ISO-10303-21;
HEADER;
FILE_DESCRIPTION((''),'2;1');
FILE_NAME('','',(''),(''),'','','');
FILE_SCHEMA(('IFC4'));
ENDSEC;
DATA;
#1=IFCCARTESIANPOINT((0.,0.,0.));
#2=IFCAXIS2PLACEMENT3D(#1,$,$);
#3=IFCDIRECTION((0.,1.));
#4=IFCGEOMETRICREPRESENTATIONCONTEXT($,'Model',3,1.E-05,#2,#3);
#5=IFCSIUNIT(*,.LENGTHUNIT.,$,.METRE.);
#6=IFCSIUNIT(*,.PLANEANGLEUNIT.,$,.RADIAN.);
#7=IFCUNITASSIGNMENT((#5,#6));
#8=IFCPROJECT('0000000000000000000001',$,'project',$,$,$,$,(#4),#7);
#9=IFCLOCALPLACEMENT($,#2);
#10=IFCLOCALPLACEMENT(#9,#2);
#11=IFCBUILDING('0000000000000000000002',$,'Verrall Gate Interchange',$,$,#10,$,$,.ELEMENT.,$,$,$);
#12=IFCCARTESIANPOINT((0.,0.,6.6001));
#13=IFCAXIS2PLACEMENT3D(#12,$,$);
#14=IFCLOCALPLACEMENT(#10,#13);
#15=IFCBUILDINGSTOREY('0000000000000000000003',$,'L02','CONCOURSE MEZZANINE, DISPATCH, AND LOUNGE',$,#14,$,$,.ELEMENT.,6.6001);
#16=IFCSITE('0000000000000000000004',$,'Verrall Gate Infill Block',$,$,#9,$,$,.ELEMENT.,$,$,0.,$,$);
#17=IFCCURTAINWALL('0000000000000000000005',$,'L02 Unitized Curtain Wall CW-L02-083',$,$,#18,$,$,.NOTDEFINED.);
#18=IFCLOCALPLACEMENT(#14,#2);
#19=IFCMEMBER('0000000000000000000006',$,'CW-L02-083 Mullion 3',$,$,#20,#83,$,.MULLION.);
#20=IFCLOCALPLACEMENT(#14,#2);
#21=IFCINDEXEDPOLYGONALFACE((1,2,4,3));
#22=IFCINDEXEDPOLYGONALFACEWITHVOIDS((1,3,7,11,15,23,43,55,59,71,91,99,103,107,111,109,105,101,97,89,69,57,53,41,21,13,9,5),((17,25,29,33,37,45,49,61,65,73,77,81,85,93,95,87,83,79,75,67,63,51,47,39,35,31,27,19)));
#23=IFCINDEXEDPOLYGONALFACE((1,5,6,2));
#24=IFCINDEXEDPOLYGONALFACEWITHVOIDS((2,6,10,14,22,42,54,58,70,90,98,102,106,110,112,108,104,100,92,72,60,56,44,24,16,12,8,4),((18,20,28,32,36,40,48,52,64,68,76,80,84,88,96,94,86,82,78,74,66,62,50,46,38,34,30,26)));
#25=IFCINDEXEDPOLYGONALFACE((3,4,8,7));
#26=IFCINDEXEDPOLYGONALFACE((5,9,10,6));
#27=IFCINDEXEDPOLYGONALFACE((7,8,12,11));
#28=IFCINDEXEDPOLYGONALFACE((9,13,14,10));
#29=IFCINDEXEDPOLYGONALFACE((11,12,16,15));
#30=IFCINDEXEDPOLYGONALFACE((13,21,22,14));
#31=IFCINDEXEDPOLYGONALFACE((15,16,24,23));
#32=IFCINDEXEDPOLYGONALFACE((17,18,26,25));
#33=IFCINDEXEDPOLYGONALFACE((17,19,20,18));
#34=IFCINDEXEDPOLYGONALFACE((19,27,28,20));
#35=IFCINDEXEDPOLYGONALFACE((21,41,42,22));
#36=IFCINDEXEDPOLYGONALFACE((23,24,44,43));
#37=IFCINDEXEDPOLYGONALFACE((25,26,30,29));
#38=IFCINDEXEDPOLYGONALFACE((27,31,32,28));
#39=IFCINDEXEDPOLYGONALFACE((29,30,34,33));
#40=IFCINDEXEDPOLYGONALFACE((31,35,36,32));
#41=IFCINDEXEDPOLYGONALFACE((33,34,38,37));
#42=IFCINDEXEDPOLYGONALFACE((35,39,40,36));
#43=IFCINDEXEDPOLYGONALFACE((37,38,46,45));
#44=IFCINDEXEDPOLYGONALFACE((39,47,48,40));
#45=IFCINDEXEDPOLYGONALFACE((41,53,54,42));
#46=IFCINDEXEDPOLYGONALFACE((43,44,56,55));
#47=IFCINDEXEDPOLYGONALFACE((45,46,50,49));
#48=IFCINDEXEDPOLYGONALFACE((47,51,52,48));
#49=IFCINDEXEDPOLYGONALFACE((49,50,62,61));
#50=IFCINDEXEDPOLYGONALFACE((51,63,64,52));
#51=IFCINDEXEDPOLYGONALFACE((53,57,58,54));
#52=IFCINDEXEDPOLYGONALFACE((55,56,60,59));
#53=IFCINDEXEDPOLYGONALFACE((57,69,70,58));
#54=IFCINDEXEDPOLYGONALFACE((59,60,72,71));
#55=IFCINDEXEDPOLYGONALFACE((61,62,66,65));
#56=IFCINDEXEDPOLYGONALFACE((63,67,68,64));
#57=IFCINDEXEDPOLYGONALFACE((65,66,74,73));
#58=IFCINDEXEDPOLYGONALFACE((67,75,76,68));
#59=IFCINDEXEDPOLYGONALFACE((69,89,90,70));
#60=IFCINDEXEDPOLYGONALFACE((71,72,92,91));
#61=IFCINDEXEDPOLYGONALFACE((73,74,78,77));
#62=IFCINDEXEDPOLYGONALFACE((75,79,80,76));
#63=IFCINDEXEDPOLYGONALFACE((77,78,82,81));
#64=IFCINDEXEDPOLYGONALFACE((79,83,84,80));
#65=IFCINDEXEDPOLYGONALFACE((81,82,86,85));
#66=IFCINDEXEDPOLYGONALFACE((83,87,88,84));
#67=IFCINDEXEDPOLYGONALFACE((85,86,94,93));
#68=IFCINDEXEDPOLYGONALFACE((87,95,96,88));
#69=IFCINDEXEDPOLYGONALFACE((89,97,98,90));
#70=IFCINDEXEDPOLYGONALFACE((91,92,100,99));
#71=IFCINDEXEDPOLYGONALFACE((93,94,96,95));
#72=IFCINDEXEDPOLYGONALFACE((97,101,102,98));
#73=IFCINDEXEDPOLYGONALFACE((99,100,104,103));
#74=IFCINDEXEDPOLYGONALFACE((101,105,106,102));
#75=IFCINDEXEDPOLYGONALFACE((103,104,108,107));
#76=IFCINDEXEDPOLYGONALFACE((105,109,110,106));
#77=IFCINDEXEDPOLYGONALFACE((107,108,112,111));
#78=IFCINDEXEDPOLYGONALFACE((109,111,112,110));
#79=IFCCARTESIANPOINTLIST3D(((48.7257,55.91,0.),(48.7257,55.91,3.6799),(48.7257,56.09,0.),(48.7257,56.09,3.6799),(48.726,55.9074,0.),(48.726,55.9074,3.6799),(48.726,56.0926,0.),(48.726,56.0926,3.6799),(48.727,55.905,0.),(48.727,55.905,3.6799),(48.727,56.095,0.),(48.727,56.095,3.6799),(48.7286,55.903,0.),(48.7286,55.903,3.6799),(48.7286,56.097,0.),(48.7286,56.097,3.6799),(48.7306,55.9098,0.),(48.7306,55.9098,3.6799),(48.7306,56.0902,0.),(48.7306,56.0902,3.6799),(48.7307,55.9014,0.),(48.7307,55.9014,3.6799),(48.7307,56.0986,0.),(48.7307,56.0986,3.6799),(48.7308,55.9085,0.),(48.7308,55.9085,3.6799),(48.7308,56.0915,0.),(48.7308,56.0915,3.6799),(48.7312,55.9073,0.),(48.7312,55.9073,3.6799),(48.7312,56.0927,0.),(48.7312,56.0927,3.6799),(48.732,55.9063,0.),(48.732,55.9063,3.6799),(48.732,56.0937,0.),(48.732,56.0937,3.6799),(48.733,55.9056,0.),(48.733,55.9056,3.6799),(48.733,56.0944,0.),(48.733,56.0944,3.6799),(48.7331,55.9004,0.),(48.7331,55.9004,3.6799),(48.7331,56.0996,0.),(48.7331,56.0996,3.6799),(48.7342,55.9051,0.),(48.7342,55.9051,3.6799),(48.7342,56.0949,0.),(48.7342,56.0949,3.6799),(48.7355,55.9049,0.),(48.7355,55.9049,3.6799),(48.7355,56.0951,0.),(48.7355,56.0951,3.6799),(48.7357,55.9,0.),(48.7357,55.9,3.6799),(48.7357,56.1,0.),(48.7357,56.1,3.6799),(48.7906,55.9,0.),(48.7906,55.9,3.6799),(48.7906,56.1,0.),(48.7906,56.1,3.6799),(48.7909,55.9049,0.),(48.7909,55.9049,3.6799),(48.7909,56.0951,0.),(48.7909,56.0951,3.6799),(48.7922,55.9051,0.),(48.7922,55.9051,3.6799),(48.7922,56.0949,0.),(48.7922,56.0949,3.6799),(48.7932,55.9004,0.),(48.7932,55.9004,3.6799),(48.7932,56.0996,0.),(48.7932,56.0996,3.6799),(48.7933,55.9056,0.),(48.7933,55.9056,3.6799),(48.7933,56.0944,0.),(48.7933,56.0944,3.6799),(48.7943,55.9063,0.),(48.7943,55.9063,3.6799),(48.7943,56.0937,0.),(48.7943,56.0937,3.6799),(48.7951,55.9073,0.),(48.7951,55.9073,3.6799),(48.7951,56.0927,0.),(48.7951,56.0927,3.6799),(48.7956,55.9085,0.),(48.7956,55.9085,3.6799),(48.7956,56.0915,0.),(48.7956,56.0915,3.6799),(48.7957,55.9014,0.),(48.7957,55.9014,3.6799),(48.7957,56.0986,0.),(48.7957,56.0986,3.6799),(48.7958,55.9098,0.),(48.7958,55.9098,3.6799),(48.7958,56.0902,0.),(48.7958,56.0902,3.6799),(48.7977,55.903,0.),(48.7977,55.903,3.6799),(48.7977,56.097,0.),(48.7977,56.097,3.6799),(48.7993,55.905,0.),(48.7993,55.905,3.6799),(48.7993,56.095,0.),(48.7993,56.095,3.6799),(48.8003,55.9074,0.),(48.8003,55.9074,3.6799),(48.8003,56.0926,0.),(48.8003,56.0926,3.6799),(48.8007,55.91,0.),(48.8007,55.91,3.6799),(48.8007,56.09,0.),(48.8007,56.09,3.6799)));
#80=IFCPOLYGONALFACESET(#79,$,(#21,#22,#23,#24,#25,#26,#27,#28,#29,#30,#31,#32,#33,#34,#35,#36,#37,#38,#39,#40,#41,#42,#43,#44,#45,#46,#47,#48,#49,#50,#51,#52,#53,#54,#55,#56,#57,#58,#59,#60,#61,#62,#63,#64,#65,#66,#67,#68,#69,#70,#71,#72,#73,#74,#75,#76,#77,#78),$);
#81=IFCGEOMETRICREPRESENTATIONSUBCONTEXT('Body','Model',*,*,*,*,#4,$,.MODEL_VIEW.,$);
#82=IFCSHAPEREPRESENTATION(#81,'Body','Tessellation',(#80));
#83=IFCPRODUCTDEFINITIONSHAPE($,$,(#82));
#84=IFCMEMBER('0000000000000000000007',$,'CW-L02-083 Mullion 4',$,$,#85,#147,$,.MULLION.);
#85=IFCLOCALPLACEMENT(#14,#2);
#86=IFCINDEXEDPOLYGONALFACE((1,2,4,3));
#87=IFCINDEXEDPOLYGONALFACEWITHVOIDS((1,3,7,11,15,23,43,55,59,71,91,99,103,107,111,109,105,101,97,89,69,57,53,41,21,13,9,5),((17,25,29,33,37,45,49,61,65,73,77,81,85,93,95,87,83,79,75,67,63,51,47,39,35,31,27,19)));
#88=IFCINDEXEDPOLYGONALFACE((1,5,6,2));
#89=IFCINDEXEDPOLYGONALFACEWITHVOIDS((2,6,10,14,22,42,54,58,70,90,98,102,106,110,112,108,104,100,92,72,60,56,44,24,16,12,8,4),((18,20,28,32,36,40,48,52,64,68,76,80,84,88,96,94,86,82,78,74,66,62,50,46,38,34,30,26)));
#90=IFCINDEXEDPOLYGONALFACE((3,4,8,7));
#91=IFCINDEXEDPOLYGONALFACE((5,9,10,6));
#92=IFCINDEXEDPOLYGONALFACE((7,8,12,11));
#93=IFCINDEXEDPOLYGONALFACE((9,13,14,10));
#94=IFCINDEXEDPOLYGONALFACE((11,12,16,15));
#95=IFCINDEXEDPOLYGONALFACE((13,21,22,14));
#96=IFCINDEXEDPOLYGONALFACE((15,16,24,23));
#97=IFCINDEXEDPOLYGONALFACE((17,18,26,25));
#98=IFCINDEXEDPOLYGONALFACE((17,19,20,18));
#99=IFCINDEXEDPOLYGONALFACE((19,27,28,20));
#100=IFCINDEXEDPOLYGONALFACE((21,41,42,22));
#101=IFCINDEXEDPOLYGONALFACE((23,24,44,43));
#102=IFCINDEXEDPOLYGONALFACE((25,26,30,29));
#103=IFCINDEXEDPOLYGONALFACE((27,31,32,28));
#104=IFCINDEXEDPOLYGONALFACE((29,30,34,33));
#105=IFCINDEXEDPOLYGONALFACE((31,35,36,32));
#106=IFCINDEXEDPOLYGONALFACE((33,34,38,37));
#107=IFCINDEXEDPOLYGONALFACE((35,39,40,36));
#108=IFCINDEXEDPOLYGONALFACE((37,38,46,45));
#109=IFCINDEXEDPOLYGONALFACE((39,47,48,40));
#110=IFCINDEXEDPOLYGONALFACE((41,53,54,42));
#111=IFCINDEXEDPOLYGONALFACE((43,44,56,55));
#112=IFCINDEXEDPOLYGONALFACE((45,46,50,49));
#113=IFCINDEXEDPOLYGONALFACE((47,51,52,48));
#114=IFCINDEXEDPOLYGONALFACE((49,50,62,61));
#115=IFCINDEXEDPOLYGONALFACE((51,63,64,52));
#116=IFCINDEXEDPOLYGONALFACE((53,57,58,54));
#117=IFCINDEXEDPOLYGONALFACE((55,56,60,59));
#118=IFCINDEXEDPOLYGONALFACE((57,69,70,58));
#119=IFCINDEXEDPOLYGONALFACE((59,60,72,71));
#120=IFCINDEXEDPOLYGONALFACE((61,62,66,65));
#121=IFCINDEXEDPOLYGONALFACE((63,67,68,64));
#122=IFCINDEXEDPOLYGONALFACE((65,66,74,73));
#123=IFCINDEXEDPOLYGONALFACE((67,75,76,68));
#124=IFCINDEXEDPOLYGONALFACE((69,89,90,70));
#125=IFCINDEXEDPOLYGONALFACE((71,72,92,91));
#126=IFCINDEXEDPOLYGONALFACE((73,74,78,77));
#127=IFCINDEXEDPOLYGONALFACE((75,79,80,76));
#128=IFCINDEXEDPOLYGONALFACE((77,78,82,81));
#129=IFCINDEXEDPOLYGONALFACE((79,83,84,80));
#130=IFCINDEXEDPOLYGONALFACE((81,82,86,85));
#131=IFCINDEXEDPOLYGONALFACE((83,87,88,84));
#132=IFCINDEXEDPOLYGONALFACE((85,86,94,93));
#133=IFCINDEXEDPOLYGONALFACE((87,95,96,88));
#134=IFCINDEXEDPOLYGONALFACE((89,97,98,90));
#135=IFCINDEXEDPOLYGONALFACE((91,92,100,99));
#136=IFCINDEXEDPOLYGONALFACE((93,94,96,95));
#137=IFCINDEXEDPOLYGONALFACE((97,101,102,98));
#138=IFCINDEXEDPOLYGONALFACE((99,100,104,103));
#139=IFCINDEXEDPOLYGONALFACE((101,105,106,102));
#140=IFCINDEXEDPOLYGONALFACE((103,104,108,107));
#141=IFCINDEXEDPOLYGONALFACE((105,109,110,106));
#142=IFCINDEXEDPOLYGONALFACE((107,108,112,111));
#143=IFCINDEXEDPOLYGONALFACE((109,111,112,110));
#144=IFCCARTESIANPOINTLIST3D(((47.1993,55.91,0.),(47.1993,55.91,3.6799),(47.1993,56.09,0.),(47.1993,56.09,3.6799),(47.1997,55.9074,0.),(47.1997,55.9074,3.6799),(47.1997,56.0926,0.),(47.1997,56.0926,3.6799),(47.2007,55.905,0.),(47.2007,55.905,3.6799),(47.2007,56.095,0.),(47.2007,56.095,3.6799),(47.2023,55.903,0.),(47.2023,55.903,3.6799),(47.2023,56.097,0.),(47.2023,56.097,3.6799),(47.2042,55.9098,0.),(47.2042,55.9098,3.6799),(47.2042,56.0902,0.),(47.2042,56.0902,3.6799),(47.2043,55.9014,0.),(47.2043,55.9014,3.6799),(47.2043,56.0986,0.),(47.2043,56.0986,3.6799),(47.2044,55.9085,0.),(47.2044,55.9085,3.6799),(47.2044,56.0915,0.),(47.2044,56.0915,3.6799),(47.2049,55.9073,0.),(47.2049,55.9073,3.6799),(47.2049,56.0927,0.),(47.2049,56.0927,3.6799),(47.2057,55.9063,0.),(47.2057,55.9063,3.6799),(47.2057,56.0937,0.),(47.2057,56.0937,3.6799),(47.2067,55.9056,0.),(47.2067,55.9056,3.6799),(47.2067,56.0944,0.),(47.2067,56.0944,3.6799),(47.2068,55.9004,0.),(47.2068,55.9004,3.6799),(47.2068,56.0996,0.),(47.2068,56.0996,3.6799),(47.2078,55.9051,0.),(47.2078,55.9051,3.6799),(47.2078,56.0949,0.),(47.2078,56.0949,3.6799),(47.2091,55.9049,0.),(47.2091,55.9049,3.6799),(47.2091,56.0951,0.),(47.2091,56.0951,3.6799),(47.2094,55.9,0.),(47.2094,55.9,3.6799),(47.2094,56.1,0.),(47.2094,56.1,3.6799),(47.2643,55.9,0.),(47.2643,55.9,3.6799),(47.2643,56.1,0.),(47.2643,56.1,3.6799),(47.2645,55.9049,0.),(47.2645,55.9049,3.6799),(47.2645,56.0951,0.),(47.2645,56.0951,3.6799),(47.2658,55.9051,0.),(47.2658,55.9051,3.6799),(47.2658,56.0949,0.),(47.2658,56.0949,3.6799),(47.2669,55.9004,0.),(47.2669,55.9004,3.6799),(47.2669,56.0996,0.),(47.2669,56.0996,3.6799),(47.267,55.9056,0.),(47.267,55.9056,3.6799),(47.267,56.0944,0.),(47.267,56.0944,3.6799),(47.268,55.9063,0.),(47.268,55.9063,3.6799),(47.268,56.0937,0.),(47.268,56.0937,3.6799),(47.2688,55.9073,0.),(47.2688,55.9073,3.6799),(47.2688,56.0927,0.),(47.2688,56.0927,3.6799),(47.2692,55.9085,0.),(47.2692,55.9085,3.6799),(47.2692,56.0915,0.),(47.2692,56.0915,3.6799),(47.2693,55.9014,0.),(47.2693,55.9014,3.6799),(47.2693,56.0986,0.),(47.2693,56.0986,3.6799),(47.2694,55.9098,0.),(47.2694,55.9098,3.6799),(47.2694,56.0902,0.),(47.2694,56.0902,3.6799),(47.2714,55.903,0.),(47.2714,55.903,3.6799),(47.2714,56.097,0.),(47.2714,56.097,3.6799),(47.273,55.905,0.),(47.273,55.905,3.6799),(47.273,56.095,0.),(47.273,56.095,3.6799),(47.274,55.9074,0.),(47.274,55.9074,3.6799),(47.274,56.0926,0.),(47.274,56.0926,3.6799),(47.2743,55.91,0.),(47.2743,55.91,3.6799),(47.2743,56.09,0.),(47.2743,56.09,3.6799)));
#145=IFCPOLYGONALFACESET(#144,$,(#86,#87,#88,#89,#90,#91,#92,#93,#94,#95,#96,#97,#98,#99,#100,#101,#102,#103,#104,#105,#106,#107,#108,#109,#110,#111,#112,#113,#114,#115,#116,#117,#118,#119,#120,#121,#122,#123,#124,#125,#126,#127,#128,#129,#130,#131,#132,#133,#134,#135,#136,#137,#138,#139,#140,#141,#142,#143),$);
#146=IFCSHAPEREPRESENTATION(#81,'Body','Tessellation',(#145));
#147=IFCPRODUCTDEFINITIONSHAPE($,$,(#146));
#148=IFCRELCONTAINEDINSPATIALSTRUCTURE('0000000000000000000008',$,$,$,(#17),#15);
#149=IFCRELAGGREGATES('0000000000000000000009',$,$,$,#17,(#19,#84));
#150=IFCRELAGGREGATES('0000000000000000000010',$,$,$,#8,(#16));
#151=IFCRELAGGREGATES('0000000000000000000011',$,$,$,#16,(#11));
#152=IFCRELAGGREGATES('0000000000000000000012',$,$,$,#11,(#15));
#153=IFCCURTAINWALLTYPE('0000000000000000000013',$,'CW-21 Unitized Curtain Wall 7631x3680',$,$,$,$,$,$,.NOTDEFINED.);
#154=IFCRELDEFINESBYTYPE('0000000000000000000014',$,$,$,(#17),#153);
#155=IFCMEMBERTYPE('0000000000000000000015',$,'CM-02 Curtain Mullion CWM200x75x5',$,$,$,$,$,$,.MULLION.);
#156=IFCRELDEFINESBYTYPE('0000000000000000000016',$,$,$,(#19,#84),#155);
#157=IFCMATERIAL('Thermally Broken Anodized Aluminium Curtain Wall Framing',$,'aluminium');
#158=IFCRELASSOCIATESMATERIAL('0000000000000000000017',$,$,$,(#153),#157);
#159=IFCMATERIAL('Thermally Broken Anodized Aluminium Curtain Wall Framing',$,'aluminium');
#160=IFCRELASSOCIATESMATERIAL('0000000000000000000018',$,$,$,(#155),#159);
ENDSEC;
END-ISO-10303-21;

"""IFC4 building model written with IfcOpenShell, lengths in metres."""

from ifc_helpers import new_model, si_unit, direction, frame, origin, origin_2d, place, context, subcontext, project, spatial, hollow_rectangle, extrude, material, material_profile, profile_set, type_object, element, aggregate, save


model = new_model("IFC4")

# Units and contexts
model_context = context("Model", 3, precision=1e-05, world=origin(), true_north=direction((0.0, 1.0)))
body_context = subcontext(model_context, "Body", "Model", "MODEL_VIEW")
ifc_project = project(units=[si_unit("LENGTHUNIT", "METRE"), si_unit("PLANEANGLEUNIT", "RADIAN")], contexts=[model_context])

# Site, building, storey
site_placement = place(None, origin())
site = spatial("IfcSite", under=ifc_project, at=site_placement, Name="Verrall Gate Infill Block", CompositionType="ELEMENT", RefElevation=0.0)
building_placement = place(site_placement, origin())
building = spatial("IfcBuilding", under=site, at=building_placement, Name="Verrall Gate Interchange", CompositionType="ELEMENT")
storey_placement = place(building_placement, frame((0.0, 0.0, 6.6001)))
storey = spatial("IfcBuildingStorey", under=building, at=storey_placement, Name="L02", Description="CONCOURSE MEZZANINE, DISPATCH, AND LOUNGE", CompositionType="ELEMENT", Elevation=6.6001)

# Curtain wall, members
ifc_material_1 = material(Name="Thermally Broken Anodized Aluminium Curtain Wall Framing", Category="aluminium")
curtain_wall_type = type_object("IfcCurtainWallType", Name="CW-21 Unitized Curtain Wall 7631x3680", PredefinedType="NOTDEFINED", material=ifc_material_1)
curtain_wall_1_placement = place(storey_placement, origin())
curtain_wall_1 = element("IfcCurtainWall", 1, at=curtain_wall_1_placement, inside=storey, type_object=curtain_wall_type, Name="L02 Unitized Curtain Wall CW-L02-083", PredefinedType="NOTDEFINED")
ifc_material_2 = material(Name="Thermally Broken Anodized Aluminium Curtain Wall Framing", Category="aluminium")
ifc_material_profile_1 = material_profile(ifc_material_2, hollow_rectangle(XDim=0.075, YDim=0.2, WallThickness=0.0049, InnerFilletRadius=0.0049, OuterFilletRadius=0.01, at=origin_2d()), Name="CWM200x75x5")
ifc_profile_set_1 = profile_set([ifc_material_profile_1], Name="Thermally Broken Anodized Aluminium Curtain Wall Framing")
member_type_1 = type_object("IfcMemberType", Name="CM-02 Curtain Mullion CWM200x75x5", PredefinedType="MULLION", material=ifc_profile_set_1)
member_1_placement = place(storey_placement, frame((48.7632, 56.0, 0.0), z_axis=(0.0, 0.0, 1.0), x_axis=(-1.0, 0.0, 0.0)))
member_1 = element("IfcMember", 2, at=member_1_placement, type_object=member_type_1, Name="CW-L02-083 Mullion 3", PredefinedType="MULLION", context=body_context, shape_type="SweptSolid", body=[
    extrude(hollow_rectangle(XDim=0.075, YDim=0.2, WallThickness=0.0049, InnerFilletRadius=0.0049, OuterFilletRadius=0.01, at=origin_2d()), origin(), (0.0, 0.0, 1.0), 3.6799),
])
member_2_placement = place(storey_placement, frame((47.2368, 56.0, 0.0), z_axis=(0.0, 0.0, 1.0), x_axis=(-1.0, 0.0, 0.0)))
member_2 = element("IfcMember", 3, at=member_2_placement, type_object=member_type_1, Name="CW-L02-083 Mullion 4", PredefinedType="MULLION", context=body_context, shape_type="SweptSolid", body=[
    extrude(hollow_rectangle(XDim=0.075, YDim=0.2, WallThickness=0.0049, InnerFilletRadius=0.0049, OuterFilletRadius=0.01, at=origin_2d()), origin(), (0.0, 0.0, 1.0), 3.6799),
])

aggregate(curtain_wall_1, [member_1, member_2])

save(model, "model.ifc")
